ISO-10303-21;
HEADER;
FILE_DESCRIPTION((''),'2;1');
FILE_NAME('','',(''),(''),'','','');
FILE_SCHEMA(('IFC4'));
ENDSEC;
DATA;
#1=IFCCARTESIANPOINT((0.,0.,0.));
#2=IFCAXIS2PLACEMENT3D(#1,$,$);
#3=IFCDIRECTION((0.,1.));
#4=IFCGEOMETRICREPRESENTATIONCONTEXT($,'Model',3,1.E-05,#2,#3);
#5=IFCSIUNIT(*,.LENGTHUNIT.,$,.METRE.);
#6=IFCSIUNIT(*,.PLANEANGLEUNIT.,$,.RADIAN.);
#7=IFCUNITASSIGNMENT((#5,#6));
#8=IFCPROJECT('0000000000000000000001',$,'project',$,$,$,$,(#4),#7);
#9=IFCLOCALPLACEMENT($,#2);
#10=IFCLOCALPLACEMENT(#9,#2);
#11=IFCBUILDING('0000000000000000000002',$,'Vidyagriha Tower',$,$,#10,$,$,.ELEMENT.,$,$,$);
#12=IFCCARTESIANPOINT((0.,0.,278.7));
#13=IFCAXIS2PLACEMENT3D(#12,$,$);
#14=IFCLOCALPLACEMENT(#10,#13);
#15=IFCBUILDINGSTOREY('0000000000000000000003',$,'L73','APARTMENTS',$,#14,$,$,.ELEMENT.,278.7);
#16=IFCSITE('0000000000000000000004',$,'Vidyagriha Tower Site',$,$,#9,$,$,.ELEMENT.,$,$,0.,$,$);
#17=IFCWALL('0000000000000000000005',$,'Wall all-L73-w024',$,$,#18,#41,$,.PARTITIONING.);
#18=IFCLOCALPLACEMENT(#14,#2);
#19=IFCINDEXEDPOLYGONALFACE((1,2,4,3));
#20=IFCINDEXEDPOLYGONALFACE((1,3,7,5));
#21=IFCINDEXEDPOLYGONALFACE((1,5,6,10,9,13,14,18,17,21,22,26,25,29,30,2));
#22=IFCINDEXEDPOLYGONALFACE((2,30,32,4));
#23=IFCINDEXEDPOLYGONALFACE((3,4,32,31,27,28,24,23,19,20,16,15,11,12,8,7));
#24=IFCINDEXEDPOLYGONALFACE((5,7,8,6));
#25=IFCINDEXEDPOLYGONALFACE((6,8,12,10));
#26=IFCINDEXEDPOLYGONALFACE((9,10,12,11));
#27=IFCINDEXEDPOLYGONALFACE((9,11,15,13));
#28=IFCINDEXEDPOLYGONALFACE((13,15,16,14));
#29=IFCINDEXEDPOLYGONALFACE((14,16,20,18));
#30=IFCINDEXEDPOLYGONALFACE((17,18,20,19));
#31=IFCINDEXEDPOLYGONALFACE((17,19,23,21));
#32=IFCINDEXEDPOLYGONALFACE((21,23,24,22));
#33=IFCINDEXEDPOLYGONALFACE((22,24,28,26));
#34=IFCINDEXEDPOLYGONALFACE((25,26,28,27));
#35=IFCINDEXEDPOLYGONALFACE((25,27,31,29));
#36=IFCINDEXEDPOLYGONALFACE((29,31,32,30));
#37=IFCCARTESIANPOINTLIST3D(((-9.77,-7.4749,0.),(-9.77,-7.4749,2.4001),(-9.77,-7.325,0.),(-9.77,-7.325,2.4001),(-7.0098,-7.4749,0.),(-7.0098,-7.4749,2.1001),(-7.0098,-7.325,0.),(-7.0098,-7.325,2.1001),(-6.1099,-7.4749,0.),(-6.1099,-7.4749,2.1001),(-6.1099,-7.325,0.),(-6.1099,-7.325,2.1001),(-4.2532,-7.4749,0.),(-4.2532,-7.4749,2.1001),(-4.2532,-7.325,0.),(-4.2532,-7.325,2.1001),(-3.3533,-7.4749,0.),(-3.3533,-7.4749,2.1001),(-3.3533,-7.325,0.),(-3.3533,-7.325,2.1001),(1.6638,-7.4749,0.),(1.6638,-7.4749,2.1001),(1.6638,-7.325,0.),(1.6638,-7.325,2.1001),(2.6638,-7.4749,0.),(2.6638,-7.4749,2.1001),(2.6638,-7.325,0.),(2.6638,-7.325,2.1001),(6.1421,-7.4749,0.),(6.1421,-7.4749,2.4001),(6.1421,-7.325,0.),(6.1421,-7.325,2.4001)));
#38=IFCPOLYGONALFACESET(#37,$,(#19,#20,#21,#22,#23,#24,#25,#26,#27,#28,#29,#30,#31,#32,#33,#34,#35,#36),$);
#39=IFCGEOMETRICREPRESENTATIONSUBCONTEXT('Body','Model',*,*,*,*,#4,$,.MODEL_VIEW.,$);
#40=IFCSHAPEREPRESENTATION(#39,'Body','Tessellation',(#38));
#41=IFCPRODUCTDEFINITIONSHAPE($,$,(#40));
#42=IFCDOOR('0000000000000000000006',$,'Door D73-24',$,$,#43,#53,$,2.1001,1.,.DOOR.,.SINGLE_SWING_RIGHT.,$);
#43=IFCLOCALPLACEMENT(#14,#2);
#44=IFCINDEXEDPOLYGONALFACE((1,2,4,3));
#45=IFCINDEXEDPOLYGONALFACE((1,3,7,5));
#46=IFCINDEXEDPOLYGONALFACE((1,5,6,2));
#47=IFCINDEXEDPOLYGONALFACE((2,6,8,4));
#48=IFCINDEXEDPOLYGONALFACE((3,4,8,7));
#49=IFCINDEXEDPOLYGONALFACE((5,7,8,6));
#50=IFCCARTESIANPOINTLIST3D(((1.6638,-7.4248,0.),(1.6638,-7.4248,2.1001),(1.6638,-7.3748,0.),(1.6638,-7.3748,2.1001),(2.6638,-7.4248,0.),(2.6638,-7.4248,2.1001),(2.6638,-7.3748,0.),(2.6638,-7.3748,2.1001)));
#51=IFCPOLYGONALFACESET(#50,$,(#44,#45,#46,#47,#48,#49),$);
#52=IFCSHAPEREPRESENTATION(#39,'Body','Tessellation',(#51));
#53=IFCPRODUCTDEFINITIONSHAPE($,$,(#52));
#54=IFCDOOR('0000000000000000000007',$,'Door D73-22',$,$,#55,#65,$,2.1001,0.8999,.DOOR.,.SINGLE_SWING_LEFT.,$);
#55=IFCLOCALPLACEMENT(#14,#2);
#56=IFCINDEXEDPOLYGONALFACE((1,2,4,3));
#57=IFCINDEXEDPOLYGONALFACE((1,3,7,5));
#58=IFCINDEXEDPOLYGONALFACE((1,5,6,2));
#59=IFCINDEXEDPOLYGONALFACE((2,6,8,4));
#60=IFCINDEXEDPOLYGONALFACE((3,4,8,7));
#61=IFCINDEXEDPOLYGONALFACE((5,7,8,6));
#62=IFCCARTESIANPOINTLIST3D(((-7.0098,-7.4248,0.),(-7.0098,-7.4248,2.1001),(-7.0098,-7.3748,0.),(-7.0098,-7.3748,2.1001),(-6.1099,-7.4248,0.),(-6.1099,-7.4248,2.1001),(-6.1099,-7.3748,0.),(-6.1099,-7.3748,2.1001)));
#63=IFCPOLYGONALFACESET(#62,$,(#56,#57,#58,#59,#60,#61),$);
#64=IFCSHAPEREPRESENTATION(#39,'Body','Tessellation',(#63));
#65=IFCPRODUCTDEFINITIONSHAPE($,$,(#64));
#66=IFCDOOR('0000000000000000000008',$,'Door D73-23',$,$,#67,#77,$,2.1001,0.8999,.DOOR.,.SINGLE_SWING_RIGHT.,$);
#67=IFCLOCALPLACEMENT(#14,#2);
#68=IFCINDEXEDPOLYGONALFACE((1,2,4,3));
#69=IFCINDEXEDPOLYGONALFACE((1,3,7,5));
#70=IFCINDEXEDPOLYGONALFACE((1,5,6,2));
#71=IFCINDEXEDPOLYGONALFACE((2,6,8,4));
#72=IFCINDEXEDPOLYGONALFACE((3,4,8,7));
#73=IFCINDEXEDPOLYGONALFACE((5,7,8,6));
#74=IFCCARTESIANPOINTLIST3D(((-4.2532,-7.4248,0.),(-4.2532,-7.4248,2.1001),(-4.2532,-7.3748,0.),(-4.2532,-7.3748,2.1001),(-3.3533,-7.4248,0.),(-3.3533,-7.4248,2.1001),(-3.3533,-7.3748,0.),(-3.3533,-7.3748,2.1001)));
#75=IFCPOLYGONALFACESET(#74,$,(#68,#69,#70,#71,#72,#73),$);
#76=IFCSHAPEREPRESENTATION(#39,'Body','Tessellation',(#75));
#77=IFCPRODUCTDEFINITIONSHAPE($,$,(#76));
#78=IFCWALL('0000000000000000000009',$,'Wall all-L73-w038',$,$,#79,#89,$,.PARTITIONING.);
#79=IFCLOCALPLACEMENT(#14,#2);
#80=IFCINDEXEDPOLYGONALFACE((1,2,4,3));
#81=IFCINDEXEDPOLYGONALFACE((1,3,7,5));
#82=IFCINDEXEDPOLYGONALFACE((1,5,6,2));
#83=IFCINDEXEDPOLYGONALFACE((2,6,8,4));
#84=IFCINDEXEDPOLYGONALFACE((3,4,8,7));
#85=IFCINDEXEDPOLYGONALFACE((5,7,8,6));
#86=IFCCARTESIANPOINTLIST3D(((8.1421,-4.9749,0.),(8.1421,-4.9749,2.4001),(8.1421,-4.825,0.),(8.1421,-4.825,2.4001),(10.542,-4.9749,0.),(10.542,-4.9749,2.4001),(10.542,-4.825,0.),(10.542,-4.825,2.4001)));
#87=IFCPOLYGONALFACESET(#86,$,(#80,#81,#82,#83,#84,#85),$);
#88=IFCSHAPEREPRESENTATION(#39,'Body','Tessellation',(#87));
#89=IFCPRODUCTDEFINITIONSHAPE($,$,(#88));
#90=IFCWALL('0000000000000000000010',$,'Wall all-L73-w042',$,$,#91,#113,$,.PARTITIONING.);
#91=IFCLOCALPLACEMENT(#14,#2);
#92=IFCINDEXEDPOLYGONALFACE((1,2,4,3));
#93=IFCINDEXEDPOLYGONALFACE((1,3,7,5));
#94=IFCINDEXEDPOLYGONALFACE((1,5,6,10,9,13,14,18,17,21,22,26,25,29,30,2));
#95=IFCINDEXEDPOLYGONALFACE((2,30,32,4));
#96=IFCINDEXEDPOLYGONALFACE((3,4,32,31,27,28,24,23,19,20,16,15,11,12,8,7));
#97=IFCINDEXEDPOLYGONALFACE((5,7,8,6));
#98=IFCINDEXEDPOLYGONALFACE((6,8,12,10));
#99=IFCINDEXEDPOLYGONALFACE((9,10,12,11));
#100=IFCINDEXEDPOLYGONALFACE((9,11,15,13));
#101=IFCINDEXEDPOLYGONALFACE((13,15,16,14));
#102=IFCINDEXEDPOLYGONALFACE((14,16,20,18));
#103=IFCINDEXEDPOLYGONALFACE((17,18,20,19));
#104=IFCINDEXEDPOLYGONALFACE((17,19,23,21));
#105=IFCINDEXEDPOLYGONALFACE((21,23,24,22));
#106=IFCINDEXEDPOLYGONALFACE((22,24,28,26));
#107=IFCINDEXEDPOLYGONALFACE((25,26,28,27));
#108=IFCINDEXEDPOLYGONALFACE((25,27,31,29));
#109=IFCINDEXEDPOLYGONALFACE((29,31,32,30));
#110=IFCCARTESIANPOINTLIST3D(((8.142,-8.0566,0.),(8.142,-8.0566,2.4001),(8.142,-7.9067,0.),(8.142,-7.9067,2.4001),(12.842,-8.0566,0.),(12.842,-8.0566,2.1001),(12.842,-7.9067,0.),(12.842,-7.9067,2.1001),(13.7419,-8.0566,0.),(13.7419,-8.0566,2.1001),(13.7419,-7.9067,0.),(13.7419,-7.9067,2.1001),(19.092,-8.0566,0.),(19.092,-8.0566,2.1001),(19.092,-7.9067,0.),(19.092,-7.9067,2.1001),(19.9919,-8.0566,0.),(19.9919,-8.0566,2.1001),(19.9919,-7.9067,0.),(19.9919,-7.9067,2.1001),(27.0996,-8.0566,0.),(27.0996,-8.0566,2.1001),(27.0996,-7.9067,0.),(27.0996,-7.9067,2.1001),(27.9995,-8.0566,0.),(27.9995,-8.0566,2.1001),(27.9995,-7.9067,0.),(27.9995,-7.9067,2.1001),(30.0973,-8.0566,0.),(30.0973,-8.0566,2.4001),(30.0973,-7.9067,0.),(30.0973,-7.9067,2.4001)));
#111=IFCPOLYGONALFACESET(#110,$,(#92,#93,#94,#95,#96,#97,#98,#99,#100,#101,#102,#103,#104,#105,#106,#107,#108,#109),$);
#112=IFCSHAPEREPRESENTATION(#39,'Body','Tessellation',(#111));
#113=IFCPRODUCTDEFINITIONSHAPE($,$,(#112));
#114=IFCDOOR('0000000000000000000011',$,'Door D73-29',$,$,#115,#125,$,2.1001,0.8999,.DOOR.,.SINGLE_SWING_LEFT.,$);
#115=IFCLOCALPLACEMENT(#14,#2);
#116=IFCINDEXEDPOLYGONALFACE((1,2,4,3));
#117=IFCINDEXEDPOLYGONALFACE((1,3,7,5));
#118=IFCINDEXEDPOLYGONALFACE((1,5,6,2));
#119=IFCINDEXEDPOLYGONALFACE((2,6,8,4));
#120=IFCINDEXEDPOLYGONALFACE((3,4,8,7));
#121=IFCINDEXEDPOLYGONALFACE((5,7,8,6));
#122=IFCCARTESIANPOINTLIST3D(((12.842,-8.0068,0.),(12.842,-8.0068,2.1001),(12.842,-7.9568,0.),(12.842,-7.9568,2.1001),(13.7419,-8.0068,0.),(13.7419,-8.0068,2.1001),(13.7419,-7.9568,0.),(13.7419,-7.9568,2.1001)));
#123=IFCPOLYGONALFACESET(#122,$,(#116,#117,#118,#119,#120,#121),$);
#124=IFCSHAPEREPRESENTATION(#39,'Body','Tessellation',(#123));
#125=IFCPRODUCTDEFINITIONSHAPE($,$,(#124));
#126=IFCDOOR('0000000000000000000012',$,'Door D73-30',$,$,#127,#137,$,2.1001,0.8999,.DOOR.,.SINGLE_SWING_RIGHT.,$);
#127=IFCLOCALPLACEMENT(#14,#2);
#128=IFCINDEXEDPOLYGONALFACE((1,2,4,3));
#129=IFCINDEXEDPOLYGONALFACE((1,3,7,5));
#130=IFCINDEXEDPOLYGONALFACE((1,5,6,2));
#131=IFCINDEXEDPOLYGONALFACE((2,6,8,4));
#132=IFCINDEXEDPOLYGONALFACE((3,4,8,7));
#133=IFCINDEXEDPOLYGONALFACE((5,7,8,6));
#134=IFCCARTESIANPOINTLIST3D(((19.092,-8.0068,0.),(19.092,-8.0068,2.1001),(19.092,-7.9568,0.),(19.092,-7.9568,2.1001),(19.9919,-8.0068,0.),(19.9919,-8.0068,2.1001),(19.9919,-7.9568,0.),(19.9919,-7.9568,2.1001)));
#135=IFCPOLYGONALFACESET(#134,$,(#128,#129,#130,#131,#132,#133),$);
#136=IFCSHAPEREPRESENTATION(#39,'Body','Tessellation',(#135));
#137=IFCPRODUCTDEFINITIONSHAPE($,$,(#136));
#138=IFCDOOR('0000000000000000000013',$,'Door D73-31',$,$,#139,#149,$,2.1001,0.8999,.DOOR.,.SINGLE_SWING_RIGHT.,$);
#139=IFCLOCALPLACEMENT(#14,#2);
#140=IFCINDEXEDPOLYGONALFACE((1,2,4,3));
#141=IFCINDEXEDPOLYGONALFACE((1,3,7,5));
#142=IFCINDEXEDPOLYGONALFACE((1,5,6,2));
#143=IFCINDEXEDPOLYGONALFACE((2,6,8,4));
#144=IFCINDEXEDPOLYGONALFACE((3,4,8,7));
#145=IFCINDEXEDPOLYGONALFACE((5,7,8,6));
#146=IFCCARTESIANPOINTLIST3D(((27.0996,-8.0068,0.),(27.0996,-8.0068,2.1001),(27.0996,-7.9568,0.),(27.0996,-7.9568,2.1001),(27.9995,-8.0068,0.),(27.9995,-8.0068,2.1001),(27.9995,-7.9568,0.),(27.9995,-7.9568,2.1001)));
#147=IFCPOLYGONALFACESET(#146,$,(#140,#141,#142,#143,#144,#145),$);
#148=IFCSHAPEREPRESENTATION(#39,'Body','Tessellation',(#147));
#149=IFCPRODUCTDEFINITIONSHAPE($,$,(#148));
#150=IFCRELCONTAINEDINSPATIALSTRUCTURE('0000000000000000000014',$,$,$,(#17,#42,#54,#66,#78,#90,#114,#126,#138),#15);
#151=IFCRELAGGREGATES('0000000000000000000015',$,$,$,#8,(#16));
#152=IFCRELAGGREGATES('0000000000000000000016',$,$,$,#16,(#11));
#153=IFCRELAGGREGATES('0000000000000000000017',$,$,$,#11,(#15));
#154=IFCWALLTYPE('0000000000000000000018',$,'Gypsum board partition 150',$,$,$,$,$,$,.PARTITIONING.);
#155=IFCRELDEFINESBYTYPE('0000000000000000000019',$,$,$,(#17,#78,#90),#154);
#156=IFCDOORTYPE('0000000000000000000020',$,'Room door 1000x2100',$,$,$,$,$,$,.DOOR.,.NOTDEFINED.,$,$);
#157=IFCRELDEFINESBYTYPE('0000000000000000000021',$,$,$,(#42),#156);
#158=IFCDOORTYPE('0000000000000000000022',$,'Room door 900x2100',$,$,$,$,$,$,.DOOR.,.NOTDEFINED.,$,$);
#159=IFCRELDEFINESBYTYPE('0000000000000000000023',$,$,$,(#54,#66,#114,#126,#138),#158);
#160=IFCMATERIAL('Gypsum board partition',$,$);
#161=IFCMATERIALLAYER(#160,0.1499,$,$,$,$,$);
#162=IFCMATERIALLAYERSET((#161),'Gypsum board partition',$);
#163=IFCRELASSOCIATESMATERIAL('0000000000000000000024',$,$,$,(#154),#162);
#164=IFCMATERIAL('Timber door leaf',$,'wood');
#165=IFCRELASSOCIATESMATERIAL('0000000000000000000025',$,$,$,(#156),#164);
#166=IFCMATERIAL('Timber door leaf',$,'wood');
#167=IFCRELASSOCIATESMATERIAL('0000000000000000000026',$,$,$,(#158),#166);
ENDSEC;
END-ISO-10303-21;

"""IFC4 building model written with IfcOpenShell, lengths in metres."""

from ifc_helpers import new_model, si_unit, direction, frame, frame_2d, origin, place, context, subcontext, project, spatial, rectangle, extrude, material, layer, layer_set, type_object, element, fill, save


model = new_model("IFC4")

# Units and contexts
model_context = context("Model", 3, precision=1e-05, world=origin(), true_north=direction((0.0, 1.0)))
body_context = subcontext(model_context, "Body", "Model", "MODEL_VIEW")
ifc_project = project(units=[si_unit("LENGTHUNIT", "METRE"), si_unit("PLANEANGLEUNIT", "RADIAN")], contexts=[model_context])

# Site, building, storey
site_placement = place(None, origin())
site = spatial("IfcSite", under=ifc_project, at=site_placement, Name="Vidyagriha Tower Site", CompositionType="ELEMENT", RefElevation=0.0)
building_placement = place(site_placement, origin())
building = spatial("IfcBuilding", under=site, at=building_placement, Name="Vidyagriha Tower", CompositionType="ELEMENT")
storey_placement = place(building_placement, frame((0.0, 0.0, 278.7)))
storey = spatial("IfcBuildingStorey", under=building, at=storey_placement, Name="L73", Description="APARTMENTS", CompositionType="ELEMENT", Elevation=278.7)

# Shared definitions
ifc_material_1 = material(Name="Gypsum board partition")
ifc_layer_1 = layer(ifc_material_1, 0.1499)
ifc_layer_set_1 = layer_set([ifc_layer_1], Name="Gypsum board partition")
wall_type_1 = type_object("IfcWallType", Name="Gypsum board partition 150", PredefinedType="PARTITIONING", material=ifc_layer_set_1)

# Wall, openings, doors
wall_1_placement = place(storey_placement, frame((6.1421, -7.3999, 0.0), z_axis=(0.0, 0.0, 1.0), x_axis=(-1.0, 0.0, 0.0)))
wall_1 = element("IfcWall", 1, at=wall_1_placement, inside=storey, type_object=wall_type_1, Name="Wall all-L73-w024", PredefinedType="PARTITIONING", context=body_context, shape_type="SweptSolid", body=[
    extrude(rectangle(XDim=15.9121, YDim=0.1499, at=frame_2d((7.9561, 0.0))), origin(), (0.0, 0.0, 1.0), 2.4001),
])
opening_1_placement = place(wall_1_placement, frame((12.252, 0.0, 0.0)))
opening_1 = element("IfcOpeningElement", 2, at=opening_1_placement, cuts=wall_1, PredefinedType="OPENING", context=body_context, shape_type="SweptSolid", body=[
    extrude(rectangle(XDim=0.8999, YDim=2.1001, at=frame_2d((0.45, 1.05))), frame((0.0, 0.085, 0.0), z_axis=(0.0, -1.0, 0.0), x_axis=(1.0, 0.0, 0.0)), (0.0, 0.0, 1.0), 0.1699),
])
opening_2_placement = place(wall_1_placement, frame((9.4954, 0.0, 0.0)))
opening_2 = element("IfcOpeningElement", 3, at=opening_2_placement, cuts=wall_1, PredefinedType="OPENING", context=body_context, shape_type="SweptSolid", body=[
    extrude(rectangle(XDim=0.8999, YDim=2.1001, at=frame_2d((0.45, 1.05))), frame((0.0, 0.085, 0.0), z_axis=(0.0, -1.0, 0.0), x_axis=(1.0, 0.0, 0.0)), (0.0, 0.0, 1.0), 0.1699),
])
opening_3_placement = place(wall_1_placement, frame((3.4783, 0.0, 0.0)))
opening_3 = element("IfcOpeningElement", 4, at=opening_3_placement, cuts=wall_1, PredefinedType="OPENING", context=body_context, shape_type="SweptSolid", body=[
    extrude(rectangle(XDim=1.0, YDim=2.1001, at=frame_2d((0.5, 1.05))), frame((0.0, 0.085, 0.0), z_axis=(0.0, -1.0, 0.0), x_axis=(1.0, 0.0, 0.0)), (0.0, 0.0, 1.0), 0.1699),
])
ifc_material_2 = material(Name="Timber door leaf", Category="wood")
door_type_1 = type_object("IfcDoorType", Name="Room door 1000x2100", OperationType="NOTDEFINED", PredefinedType="DOOR", material=ifc_material_2)
door_1_placement = place(opening_3_placement, origin())
door_1 = element("IfcDoor", 5, at=door_1_placement, inside=storey, type_object=door_type_1, Name="Door D73-24", OperationType="SINGLE_SWING_RIGHT", OverallHeight=2.1001, OverallWidth=1.0, PredefinedType="DOOR", context=body_context, shape_type="SweptSolid", body=[
    extrude(rectangle(XDim=1.0, YDim=2.1001, at=frame_2d((0.5, 1.05))), frame((0.0, 0.0249, 0.0), z_axis=(0.0, -1.0, 0.0), x_axis=(1.0, 0.0, 0.0)), (0.0, 0.0, 1.0), 0.05),
])
fill(opening_3, door_1)
ifc_material_3 = material(Name="Timber door leaf", Category="wood")
door_type_2 = type_object("IfcDoorType", Name="Room door 900x2100", OperationType="NOTDEFINED", PredefinedType="DOOR", material=ifc_material_3)
door_2_placement = place(opening_1_placement, origin())
door_2 = element("IfcDoor", 6, at=door_2_placement, inside=storey, type_object=door_type_2, Name="Door D73-22", OperationType="SINGLE_SWING_LEFT", OverallHeight=2.1001, OverallWidth=0.8999, PredefinedType="DOOR", context=body_context, shape_type="SweptSolid", body=[
    extrude(rectangle(XDim=0.8999, YDim=2.1001, at=frame_2d((0.45, 1.05))), frame((0.0, 0.0249, 0.0), z_axis=(0.0, -1.0, 0.0), x_axis=(1.0, 0.0, 0.0)), (0.0, 0.0, 1.0), 0.05),
])
fill(opening_1, door_2)
door_3_placement = place(opening_2_placement, origin())
door_3 = element("IfcDoor", 7, at=door_3_placement, inside=storey, type_object=door_type_2, Name="Door D73-23", OperationType="SINGLE_SWING_RIGHT", OverallHeight=2.1001, OverallWidth=0.8999, PredefinedType="DOOR", context=body_context, shape_type="SweptSolid", body=[
    extrude(rectangle(XDim=0.8999, YDim=2.1001, at=frame_2d((0.45, 1.05))), frame((0.0, 0.0249, 0.0), z_axis=(0.0, -1.0, 0.0), x_axis=(1.0, 0.0, 0.0)), (0.0, 0.0, 1.0), 0.05),
])
fill(opening_2, door_3)

# Wall
wall_2_placement = place(storey_placement, frame((10.542, -4.8999, 0.0), z_axis=(0.0, 0.0, 1.0), x_axis=(-1.0, 0.0, 0.0)))
element("IfcWall", 8, at=wall_2_placement, inside=storey, type_object=wall_type_1, Name="Wall all-L73-w038", PredefinedType="PARTITIONING", context=body_context, shape_type="SweptSolid", body=[
    extrude(rectangle(XDim=2.3999, YDim=0.1499, at=frame_2d((1.2, 0.0))), origin(), (0.0, 0.0, 1.0), 2.4001),
])

# Wall, openings, doors
wall_3_placement = place(storey_placement, frame((8.1421, -7.9817, 0.0)))
wall_3 = element("IfcWall", 9, at=wall_3_placement, inside=storey, type_object=wall_type_1, Name="Wall all-L73-w042", PredefinedType="PARTITIONING", context=body_context, shape_type="SweptSolid", body=[
    extrude(rectangle(XDim=21.9553, YDim=0.1499, at=frame_2d((10.9775, 0.0))), origin(), (0.0, 0.0, 1.0), 2.4001),
])
opening_4_placement = place(wall_3_placement, frame((4.7, 0.0, 0.0)))
opening_4 = element("IfcOpeningElement", 10, at=opening_4_placement, cuts=wall_3, PredefinedType="OPENING", context=body_context, shape_type="SweptSolid", body=[
    extrude(rectangle(XDim=0.8999, YDim=2.1001, at=frame_2d((0.45, 1.05))), frame((0.0, 0.085, 0.0), z_axis=(0.0, -1.0, 0.0), x_axis=(1.0, 0.0, 0.0)), (0.0, 0.0, 1.0), 0.1699),
])
opening_5_placement = place(wall_3_placement, frame((10.95, 0.0, 0.0)))
opening_5 = element("IfcOpeningElement", 11, at=opening_5_placement, cuts=wall_3, PredefinedType="OPENING", context=body_context, shape_type="SweptSolid", body=[
    extrude(rectangle(XDim=0.8999, YDim=2.1001, at=frame_2d((0.45, 1.05))), frame((0.0, 0.085, 0.0), z_axis=(0.0, -1.0, 0.0), x_axis=(1.0, 0.0, 0.0)), (0.0, 0.0, 1.0), 0.1699),
])
opening_6_placement = place(wall_3_placement, frame((18.9575, 0.0, 0.0)))
opening_6 = element("IfcOpeningElement", 12, at=opening_6_placement, cuts=wall_3, PredefinedType="OPENING", context=body_context, shape_type="SweptSolid", body=[
    extrude(rectangle(XDim=0.8999, YDim=2.1001, at=frame_2d((0.45, 1.05))), frame((0.0, 0.085, 0.0), z_axis=(0.0, -1.0, 0.0), x_axis=(1.0, 0.0, 0.0)), (0.0, 0.0, 1.0), 0.1699),
])
door_4_placement = place(opening_4_placement, origin())
door_4 = element("IfcDoor", 13, at=door_4_placement, inside=storey, type_object=door_type_2, Name="Door D73-29", OperationType="SINGLE_SWING_LEFT", OverallHeight=2.1001, OverallWidth=0.8999, PredefinedType="DOOR", context=body_context, shape_type="SweptSolid", body=[
    extrude(rectangle(XDim=0.8999, YDim=2.1001, at=frame_2d((0.45, 1.05))), frame((0.0, 0.0249, 0.0), z_axis=(0.0, -1.0, 0.0), x_axis=(1.0, 0.0, 0.0)), (0.0, 0.0, 1.0), 0.05),
])
fill(opening_4, door_4)
door_5_placement = place(opening_5_placement, origin())
door_5 = element("IfcDoor", 14, at=door_5_placement, inside=storey, type_object=door_type_2, Name="Door D73-30", OperationType="SINGLE_SWING_RIGHT", OverallHeight=2.1001, OverallWidth=0.8999, PredefinedType="DOOR", context=body_context, shape_type="SweptSolid", body=[
    extrude(rectangle(XDim=0.8999, YDim=2.1001, at=frame_2d((0.45, 1.05))), frame((0.0, 0.0249, 0.0), z_axis=(0.0, -1.0, 0.0), x_axis=(1.0, 0.0, 0.0)), (0.0, 0.0, 1.0), 0.05),
])
fill(opening_5, door_5)
door_6_placement = place(opening_6_placement, origin())
door_6 = element("IfcDoor", 15, at=door_6_placement, inside=storey, type_object=door_type_2, Name="Door D73-31", OperationType="SINGLE_SWING_RIGHT", OverallHeight=2.1001, OverallWidth=0.8999, PredefinedType="DOOR", context=body_context, shape_type="SweptSolid", body=[
    extrude(rectangle(XDim=0.8999, YDim=2.1001, at=frame_2d((0.45, 1.05))), frame((0.0, 0.0249, 0.0), z_axis=(0.0, -1.0, 0.0), x_axis=(1.0, 0.0, 0.0)), (0.0, 0.0, 1.0), 0.05),
])
fill(opening_6, door_6)

save(model, "model.ifc")
